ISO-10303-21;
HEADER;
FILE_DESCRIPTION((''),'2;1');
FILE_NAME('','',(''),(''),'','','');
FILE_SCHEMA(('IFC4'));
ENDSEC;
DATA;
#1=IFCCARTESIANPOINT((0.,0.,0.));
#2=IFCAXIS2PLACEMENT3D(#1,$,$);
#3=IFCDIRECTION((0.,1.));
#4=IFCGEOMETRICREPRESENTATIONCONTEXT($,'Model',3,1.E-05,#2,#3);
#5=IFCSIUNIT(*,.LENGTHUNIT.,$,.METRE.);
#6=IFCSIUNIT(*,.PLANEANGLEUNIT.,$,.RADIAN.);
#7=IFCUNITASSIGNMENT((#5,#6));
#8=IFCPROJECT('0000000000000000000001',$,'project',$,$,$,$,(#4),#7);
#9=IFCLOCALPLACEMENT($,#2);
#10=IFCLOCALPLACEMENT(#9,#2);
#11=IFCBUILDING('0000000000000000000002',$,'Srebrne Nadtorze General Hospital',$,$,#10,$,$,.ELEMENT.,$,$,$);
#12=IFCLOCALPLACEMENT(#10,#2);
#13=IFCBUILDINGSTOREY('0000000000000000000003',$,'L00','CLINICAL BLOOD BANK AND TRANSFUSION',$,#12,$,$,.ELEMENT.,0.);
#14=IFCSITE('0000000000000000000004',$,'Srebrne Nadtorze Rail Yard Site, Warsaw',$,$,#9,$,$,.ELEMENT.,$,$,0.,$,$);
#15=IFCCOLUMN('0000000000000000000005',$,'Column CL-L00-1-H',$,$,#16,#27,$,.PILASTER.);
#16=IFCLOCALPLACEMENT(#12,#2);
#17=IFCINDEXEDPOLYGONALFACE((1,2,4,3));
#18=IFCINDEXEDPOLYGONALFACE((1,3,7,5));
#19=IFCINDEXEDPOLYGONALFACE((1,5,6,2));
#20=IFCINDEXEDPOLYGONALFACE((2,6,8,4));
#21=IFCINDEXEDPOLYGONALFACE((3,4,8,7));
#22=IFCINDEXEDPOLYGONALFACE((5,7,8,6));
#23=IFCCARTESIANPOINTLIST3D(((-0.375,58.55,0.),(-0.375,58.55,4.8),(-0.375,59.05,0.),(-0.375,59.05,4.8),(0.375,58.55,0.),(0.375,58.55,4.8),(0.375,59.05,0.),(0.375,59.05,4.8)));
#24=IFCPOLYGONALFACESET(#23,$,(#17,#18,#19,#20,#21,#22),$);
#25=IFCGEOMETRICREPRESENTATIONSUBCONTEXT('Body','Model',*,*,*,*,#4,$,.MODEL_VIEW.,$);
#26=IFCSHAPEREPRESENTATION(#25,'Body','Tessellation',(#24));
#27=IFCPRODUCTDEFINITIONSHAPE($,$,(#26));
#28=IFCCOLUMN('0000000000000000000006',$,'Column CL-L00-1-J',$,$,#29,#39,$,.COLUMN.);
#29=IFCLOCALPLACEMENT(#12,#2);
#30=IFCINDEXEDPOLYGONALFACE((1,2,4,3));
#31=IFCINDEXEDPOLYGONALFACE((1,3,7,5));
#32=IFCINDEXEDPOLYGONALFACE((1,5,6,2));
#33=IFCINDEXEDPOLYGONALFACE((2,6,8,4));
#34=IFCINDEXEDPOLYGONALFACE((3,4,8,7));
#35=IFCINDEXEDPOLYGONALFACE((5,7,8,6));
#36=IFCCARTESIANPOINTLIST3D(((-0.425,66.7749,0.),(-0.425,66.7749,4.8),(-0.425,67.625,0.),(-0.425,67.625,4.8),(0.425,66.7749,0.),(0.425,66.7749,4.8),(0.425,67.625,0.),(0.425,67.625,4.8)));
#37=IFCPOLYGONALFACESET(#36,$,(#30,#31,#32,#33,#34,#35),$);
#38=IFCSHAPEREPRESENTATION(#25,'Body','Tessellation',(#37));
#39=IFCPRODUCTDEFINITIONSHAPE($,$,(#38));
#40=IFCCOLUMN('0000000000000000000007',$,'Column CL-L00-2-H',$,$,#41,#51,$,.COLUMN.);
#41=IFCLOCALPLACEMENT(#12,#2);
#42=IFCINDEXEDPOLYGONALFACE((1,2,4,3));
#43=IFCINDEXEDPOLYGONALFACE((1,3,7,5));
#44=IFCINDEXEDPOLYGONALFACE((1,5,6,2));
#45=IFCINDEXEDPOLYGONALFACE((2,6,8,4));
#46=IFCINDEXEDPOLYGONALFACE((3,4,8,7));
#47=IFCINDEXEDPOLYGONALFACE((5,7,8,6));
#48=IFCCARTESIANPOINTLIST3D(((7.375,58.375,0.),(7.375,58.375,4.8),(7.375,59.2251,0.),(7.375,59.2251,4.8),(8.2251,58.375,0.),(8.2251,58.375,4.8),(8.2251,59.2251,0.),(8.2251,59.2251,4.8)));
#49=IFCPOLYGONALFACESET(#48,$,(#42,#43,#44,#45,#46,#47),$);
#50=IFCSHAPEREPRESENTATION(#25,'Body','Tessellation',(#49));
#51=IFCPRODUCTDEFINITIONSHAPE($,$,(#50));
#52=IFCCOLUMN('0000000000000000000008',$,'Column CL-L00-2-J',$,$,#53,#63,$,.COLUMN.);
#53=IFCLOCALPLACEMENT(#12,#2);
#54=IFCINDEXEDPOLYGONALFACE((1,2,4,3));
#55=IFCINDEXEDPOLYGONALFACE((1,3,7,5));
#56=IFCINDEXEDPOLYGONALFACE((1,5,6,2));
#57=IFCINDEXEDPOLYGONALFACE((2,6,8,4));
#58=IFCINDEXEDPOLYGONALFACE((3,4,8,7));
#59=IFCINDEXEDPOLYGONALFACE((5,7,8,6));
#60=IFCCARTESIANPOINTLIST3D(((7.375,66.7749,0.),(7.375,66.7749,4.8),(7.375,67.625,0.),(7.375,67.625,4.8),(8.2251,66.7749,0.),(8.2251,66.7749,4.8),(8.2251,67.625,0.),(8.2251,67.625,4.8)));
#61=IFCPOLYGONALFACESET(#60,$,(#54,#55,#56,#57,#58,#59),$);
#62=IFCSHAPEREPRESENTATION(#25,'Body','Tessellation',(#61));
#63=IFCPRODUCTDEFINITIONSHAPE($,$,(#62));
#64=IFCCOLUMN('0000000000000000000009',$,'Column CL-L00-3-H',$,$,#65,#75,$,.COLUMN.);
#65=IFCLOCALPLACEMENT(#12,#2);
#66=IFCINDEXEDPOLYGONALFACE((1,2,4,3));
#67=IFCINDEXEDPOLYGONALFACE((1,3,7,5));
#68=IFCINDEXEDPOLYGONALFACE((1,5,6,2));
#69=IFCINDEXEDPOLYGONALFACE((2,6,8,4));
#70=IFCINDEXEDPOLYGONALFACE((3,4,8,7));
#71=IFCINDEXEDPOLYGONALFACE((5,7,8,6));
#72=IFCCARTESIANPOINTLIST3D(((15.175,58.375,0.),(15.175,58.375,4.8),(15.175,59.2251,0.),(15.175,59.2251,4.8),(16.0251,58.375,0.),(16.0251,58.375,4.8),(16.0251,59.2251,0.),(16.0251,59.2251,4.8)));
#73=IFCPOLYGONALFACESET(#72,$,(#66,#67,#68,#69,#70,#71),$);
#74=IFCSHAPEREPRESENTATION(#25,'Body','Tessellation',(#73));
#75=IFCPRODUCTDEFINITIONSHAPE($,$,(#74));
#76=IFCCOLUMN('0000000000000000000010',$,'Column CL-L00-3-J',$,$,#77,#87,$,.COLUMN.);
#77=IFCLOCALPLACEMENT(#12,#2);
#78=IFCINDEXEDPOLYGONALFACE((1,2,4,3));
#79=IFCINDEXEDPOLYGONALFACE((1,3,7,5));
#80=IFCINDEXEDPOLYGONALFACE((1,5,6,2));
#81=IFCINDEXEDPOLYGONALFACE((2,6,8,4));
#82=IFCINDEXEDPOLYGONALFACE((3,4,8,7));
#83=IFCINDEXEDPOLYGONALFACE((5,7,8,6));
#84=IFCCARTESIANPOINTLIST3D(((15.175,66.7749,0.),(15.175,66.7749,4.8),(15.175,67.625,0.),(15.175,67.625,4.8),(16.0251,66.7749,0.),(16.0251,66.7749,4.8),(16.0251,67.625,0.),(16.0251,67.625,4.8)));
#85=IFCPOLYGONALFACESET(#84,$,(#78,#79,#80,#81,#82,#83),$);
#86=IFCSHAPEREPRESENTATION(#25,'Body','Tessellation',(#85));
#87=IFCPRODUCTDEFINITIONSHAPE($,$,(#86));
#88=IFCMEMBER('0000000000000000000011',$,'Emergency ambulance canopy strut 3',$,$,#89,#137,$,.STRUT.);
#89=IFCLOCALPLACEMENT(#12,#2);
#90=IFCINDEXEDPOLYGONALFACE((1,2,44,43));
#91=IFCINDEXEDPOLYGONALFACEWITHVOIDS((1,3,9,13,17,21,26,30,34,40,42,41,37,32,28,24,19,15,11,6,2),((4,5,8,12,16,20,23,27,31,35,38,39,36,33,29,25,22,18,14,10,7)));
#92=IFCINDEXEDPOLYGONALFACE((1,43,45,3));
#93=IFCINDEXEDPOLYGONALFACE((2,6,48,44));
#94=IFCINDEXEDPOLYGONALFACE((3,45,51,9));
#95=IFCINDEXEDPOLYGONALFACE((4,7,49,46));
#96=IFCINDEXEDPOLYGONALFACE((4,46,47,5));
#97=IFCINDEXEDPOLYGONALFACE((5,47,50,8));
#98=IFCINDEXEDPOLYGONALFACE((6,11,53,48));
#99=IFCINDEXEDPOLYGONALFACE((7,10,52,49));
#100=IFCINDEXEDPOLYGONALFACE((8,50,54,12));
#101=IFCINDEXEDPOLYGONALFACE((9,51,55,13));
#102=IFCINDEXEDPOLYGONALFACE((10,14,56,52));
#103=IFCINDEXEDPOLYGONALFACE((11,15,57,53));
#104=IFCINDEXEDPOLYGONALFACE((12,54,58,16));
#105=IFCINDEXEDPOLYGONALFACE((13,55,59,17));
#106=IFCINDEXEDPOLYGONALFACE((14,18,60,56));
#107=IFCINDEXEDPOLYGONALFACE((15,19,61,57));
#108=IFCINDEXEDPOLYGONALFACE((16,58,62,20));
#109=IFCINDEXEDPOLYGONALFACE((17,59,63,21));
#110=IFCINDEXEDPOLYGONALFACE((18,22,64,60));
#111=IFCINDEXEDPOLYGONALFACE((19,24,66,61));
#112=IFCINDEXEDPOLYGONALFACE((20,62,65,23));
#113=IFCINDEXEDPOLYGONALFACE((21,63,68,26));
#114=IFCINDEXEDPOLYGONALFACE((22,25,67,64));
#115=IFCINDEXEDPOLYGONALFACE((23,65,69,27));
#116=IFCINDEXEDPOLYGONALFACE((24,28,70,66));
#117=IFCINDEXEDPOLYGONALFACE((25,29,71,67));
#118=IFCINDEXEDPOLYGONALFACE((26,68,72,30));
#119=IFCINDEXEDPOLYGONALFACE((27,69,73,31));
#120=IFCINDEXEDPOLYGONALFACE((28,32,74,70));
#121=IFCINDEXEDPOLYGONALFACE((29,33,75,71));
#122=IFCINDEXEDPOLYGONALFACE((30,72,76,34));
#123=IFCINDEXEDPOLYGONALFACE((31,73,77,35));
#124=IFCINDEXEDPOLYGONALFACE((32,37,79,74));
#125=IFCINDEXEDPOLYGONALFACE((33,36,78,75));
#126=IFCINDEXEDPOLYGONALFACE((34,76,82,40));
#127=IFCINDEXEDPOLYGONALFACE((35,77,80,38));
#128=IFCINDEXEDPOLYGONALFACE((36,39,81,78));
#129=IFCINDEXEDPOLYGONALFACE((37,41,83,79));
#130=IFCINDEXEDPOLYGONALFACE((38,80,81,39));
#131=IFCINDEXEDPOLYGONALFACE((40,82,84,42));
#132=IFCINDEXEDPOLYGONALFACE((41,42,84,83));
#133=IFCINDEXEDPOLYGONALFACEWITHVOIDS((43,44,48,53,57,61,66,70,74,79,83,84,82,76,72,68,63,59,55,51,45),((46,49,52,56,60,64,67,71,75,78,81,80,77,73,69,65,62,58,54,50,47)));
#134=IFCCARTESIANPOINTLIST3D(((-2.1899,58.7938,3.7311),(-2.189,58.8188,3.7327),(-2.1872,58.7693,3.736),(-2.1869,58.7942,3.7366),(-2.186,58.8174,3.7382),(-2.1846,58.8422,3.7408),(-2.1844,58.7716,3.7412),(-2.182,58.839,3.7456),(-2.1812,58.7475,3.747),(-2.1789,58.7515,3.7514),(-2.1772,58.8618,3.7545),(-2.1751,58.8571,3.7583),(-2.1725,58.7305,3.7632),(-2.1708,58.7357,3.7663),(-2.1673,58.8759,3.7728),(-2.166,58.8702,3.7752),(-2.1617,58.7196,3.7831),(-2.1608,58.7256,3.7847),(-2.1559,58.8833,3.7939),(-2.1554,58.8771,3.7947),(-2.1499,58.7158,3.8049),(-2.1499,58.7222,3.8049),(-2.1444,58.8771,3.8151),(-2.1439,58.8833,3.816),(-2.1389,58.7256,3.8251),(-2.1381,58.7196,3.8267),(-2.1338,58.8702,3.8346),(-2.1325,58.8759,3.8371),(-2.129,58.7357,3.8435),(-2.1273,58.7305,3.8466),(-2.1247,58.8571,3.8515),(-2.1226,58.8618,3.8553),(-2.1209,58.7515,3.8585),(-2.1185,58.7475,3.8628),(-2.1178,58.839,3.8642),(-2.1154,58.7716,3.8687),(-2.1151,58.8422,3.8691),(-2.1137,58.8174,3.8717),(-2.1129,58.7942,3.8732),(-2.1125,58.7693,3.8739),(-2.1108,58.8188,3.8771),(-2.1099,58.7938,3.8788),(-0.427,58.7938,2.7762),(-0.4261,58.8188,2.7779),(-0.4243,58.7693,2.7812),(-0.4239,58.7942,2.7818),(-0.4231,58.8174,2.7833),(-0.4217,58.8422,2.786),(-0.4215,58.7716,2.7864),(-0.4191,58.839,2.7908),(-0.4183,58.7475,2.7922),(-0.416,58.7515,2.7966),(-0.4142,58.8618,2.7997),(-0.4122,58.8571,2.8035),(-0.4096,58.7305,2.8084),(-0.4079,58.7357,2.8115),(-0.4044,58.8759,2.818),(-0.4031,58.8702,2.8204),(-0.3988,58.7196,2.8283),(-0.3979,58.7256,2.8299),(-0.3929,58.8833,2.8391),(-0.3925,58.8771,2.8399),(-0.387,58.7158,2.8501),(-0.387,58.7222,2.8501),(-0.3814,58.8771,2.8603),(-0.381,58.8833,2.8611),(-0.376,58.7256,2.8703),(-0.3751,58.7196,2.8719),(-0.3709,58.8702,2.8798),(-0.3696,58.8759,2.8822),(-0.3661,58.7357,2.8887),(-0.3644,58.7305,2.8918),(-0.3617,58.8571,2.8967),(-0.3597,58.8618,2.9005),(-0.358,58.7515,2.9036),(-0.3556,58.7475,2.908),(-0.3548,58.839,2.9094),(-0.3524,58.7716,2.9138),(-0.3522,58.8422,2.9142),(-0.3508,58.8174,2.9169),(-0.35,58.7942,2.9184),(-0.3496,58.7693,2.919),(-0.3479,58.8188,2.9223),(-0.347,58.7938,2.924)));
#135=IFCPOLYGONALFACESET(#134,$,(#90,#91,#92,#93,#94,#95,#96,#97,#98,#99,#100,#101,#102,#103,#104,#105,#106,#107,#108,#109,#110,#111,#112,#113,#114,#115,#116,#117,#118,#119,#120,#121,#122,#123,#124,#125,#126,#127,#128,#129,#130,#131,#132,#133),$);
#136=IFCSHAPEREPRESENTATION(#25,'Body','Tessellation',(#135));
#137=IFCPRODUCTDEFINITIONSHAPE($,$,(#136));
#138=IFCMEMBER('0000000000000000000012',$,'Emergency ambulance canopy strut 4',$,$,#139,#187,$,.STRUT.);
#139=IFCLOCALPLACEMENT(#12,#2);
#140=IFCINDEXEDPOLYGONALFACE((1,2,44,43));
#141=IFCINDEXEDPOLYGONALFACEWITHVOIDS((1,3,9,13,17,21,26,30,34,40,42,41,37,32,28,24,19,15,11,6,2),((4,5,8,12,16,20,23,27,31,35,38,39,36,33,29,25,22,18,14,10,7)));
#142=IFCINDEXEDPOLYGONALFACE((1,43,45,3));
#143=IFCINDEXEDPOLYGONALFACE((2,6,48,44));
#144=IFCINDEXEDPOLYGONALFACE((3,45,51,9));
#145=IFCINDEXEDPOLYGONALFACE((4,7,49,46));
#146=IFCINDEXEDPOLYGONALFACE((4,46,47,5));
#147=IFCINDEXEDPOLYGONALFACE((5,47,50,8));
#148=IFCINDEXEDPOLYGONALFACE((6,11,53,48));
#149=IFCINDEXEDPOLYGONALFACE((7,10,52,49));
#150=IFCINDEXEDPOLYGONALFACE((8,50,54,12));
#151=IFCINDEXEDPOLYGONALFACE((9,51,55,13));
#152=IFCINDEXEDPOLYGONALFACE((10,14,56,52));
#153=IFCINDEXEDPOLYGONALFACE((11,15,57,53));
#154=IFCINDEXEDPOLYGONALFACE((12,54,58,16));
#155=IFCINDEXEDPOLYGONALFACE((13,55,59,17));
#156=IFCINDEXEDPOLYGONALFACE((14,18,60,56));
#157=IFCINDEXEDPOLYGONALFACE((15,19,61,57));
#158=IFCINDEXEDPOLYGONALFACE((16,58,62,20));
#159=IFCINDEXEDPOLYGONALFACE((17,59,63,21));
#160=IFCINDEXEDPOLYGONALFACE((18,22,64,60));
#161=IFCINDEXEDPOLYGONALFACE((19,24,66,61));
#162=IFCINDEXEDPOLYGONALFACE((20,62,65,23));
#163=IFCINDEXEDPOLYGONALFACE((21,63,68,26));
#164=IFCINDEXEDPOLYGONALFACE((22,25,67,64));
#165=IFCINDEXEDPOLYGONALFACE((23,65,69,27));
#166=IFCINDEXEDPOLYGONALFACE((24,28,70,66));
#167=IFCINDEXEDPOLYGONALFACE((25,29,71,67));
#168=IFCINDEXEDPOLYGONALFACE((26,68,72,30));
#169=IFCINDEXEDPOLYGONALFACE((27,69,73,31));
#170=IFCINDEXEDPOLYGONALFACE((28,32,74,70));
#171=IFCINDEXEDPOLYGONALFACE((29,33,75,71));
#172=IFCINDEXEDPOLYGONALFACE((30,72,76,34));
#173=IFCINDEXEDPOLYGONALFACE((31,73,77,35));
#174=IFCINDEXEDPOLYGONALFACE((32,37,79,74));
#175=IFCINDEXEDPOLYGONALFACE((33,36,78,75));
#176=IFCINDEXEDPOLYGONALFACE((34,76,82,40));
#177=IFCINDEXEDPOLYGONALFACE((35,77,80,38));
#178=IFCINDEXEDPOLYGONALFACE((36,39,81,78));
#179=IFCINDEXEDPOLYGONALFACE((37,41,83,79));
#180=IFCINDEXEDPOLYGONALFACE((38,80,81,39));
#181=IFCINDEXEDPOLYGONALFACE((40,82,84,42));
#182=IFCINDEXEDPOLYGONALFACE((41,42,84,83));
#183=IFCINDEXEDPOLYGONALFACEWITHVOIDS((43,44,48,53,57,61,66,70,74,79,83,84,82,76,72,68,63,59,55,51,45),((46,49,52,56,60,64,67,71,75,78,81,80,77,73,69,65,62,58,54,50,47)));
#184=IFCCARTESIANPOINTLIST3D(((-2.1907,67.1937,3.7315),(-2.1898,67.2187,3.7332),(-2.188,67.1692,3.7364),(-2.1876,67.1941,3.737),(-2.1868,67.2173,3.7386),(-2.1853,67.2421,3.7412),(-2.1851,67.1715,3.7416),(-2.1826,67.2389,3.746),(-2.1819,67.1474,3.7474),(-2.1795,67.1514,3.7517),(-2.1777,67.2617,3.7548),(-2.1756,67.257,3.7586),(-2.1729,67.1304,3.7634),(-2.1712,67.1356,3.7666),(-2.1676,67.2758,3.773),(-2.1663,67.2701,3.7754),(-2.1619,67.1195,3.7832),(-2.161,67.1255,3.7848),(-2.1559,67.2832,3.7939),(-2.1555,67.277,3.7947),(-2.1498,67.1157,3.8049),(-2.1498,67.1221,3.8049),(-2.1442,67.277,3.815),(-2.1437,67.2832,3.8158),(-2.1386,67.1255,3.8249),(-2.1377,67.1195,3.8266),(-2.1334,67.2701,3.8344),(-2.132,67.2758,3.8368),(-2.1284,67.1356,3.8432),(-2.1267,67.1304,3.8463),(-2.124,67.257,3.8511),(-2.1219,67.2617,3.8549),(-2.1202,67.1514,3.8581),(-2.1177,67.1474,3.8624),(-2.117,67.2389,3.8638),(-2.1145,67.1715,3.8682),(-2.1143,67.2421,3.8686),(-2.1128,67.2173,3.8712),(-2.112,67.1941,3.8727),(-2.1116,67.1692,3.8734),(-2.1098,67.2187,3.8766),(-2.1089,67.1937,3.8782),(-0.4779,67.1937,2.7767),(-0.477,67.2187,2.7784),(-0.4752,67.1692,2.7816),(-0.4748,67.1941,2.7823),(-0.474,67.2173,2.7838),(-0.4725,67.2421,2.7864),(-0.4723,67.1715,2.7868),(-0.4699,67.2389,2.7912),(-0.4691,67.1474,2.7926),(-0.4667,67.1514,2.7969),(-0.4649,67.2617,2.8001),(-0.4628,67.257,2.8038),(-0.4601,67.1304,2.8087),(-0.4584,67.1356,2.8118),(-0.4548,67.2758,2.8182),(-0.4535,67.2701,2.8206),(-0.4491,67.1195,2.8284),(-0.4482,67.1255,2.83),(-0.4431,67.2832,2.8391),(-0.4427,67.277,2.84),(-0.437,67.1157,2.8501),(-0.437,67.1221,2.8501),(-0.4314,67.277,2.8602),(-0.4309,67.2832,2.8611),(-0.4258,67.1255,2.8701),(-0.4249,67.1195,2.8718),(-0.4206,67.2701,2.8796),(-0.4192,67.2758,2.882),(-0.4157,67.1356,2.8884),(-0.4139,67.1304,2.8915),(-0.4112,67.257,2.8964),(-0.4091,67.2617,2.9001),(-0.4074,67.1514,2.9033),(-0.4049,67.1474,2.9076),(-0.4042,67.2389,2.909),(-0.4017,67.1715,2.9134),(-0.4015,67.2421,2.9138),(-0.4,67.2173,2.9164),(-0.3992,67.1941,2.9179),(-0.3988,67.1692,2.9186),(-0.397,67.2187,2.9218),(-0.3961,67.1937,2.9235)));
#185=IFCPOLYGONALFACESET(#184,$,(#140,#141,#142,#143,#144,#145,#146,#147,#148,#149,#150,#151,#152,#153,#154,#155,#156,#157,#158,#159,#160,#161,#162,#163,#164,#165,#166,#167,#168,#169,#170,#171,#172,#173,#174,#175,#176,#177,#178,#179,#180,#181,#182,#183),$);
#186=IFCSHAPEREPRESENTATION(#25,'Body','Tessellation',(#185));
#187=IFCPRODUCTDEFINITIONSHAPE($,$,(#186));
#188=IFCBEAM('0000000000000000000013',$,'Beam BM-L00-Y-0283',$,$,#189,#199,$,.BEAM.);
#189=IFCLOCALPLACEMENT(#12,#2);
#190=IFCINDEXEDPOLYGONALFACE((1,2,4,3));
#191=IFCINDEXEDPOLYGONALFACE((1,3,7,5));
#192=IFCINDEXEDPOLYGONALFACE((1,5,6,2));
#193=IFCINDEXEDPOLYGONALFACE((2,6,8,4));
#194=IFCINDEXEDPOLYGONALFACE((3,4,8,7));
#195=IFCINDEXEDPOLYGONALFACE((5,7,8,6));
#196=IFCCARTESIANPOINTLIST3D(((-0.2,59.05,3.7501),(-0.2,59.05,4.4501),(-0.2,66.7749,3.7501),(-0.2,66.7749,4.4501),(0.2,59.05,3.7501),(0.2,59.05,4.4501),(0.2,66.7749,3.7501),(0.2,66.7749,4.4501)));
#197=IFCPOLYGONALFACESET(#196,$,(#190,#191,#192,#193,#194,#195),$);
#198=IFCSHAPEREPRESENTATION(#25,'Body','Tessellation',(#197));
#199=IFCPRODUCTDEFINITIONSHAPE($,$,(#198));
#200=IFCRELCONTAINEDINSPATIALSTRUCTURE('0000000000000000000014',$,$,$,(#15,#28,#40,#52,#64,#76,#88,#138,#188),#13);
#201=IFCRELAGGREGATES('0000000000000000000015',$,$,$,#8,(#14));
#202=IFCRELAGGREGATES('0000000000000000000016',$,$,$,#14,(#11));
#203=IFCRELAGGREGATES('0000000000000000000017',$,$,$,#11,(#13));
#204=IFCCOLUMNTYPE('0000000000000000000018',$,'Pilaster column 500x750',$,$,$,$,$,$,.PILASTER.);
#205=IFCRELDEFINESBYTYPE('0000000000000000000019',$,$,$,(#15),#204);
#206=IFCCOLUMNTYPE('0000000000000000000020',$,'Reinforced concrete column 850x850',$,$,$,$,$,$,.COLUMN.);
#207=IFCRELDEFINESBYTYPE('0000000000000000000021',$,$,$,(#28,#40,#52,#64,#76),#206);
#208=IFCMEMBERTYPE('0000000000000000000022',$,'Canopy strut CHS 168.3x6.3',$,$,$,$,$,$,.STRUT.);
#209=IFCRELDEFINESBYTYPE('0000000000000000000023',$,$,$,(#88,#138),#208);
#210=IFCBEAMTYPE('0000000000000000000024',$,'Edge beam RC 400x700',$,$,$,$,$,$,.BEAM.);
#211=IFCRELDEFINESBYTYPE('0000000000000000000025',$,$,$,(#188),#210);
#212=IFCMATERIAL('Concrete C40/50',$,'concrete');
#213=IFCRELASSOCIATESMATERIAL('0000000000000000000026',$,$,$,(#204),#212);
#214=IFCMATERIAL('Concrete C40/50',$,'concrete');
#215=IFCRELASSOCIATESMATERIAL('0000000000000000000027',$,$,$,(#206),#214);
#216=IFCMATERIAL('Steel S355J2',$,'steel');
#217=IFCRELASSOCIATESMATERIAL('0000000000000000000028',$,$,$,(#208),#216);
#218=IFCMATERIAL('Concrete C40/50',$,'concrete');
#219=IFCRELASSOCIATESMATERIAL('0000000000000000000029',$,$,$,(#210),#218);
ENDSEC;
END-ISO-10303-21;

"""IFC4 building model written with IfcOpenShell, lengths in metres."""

from ifc_helpers import new_model, si_unit, direction, frame, origin, origin_2d, place, context, subcontext, project, spatial, rectangle, hollow_circle, extrude, material, material_profile, profile_set, type_object, element, save


model = new_model("IFC4")

# Units and contexts
model_context = context("Model", 3, precision=1e-05, world=origin(), true_north=direction((0.0, 1.0)))
body_context = subcontext(model_context, "Body", "Model", "MODEL_VIEW")
ifc_project = project(units=[si_unit("LENGTHUNIT", "METRE"), si_unit("PLANEANGLEUNIT", "RADIAN")], contexts=[model_context])

# Site, building, storey
site_placement = place(None, origin())
site = spatial("IfcSite", under=ifc_project, at=site_placement, Name="Srebrne Nadtorze Rail Yard Site, Warsaw", CompositionType="ELEMENT", RefElevation=0.0)
building_placement = place(site_placement, origin())
building = spatial("IfcBuilding", under=site, at=building_placement, Name="Srebrne Nadtorze General Hospital", CompositionType="ELEMENT")
storey_placement = place(building_placement, origin())
storey = spatial("IfcBuildingStorey", under=building, at=storey_placement, Name="L00", Description="CLINICAL BLOOD BANK AND TRANSFUSION", CompositionType="ELEMENT", Elevation=0.0)

# Columns
ifc_material_1 = material(Name="Concrete C40/50", Category="concrete")
ifc_material_profile_1 = material_profile(ifc_material_1, rectangle(XDim=0.5, YDim=0.75, at=origin_2d()), Name="RC-PIL-500x750")
ifc_profile_set_1 = profile_set([ifc_material_profile_1], Name="Concrete C40/50")
column_type_1 = type_object("IfcColumnType", Name="Pilaster column 500x750", PredefinedType="PILASTER", material=ifc_profile_set_1)
column_placement = place(storey_placement, frame((0.0, 58.8, 0.0), z_axis=(0.0, 0.0, 1.0), x_axis=(0.0, 1.0, 0.0)))
element("IfcColumn", 1, at=column_placement, inside=storey, type_object=column_type_1, Name="Column CL-L00-1-H", PredefinedType="PILASTER", context=body_context, shape_type="SweptSolid", body=[
    extrude(rectangle(XDim=0.5, YDim=0.75, at=origin_2d()), origin(), (0.0, 0.0, 1.0), 4.8),
])
ifc_material_2 = material(Name="Concrete C40/50", Category="concrete")
ifc_material_profile_2 = material_profile(ifc_material_2, rectangle(XDim=0.8501, YDim=0.8501, at=origin_2d()), Name="RC-COL-850x850")
ifc_profile_set_2 = profile_set([ifc_material_profile_2], Name="Concrete C40/50")
column_type_2 = type_object("IfcColumnType", Name="Reinforced concrete column 850x850", PredefinedType="COLUMN", material=ifc_profile_set_2)
for number, where, z_axis, x_axis, name in (
    (2, (0.0, 67.2, 0.0), (0.0, 0.0, 1.0), (1.0, 0.0, 0.0), "Column CL-L00-1-J"),
    (3, (7.8, 58.8, 0.0), (0.0, 0.0, 1.0), (1.0, 0.0, 0.0), "Column CL-L00-2-H"),
    (4, (7.8, 67.2, 0.0), (0.0, 0.0, 1.0), (1.0, 0.0, 0.0), "Column CL-L00-2-J"),
    (5, (15.6001, 58.8, 0.0), (0.0, 0.0, 1.0), (1.0, 0.0, 0.0), "Column CL-L00-3-H"),
    (6, (15.6001, 67.2, 0.0), (0.0, 0.0, 1.0), (1.0, 0.0, 0.0), "Column CL-L00-3-J"),
):
    element("IfcColumn", number, at=place(storey_placement, frame(where, z_axis=z_axis, x_axis=x_axis)), inside=storey, type_object=column_type_2, Name=name, PredefinedType="COLUMN", context=body_context, shape_type="SweptSolid", body=[
        extrude(rectangle(XDim=0.8501, YDim=0.8501, at=origin_2d()), origin(), (0.0, 0.0, 1.0), 4.8),
    ])

# Members
ifc_material_3 = material(Name="Steel S355J2", Category="steel")
ifc_material_profile_3 = material_profile(ifc_material_3, hollow_circle(Radius=0.0842, WallThickness=0.0063, at=origin_2d()), Name="CHS-168.3x6.3")
ifc_profile_set_3 = profile_set([ifc_material_profile_3], Name="Steel S355J2")
member_type = type_object("IfcMemberType", Name="Canopy strut CHS 168.3x6.3", PredefinedType="STRUT", material=ifc_profile_set_3)
member_1_placement = place(storey_placement, frame((-0.387, 58.8, 2.8501), z_axis=(-0.879311, 0.0, 0.476248), x_axis=(0.0, -1.0, 0.0)))
element("IfcMember", 7, at=member_1_placement, inside=storey, type_object=member_type, Name="Emergency ambulance canopy strut 3", PredefinedType="STRUT", context=body_context, shape_type="SweptSolid", body=[
    extrude(hollow_circle(Radius=0.0842, WallThickness=0.0063, at=origin_2d()), origin(), (0.0, 0.0, 1.0), 2.0049),
])
member_2_placement = place(storey_placement, frame((-0.437, 67.2, 2.8501), z_axis=(-0.873458, 0.0, 0.4869), x_axis=(0.0, -1.0, 0.0)))
element("IfcMember", 8, at=member_2_placement, inside=storey, type_object=member_type, Name="Emergency ambulance canopy strut 4", PredefinedType="STRUT", context=body_context, shape_type="SweptSolid", body=[
    extrude(hollow_circle(Radius=0.0842, WallThickness=0.0063, at=origin_2d()), origin(), (0.0, 0.0, 1.0), 1.9609),
])

# Beam
ifc_material_4 = material(Name="Concrete C40/50", Category="concrete")
ifc_material_profile_4 = material_profile(ifc_material_4, rectangle(XDim=0.3999, YDim=0.7, at=origin_2d()), Name="RC-BM-400x700")
ifc_profile_set_4 = profile_set([ifc_material_profile_4], Name="Concrete C40/50")
beam_type_1 = type_object("IfcBeamType", Name="Edge beam RC 400x700", PredefinedType="BEAM", material=ifc_profile_set_4)
beam_1_placement = place(storey_placement, frame((0.0, 59.05, 4.1001), z_axis=(0.0, 1.0, 0.0), x_axis=(-1.0, 0.0, 0.0)))
element("IfcBeam", 9, at=beam_1_placement, inside=storey, type_object=beam_type_1, Name="Beam BM-L00-Y-0283", PredefinedType="BEAM", context=body_context, shape_type="SweptSolid", body=[
    extrude(rectangle(XDim=0.3999, YDim=0.7, at=origin_2d()), origin(), (0.0, 0.0, 1.0), 7.7249),
])

save(model, "model.ifc")
